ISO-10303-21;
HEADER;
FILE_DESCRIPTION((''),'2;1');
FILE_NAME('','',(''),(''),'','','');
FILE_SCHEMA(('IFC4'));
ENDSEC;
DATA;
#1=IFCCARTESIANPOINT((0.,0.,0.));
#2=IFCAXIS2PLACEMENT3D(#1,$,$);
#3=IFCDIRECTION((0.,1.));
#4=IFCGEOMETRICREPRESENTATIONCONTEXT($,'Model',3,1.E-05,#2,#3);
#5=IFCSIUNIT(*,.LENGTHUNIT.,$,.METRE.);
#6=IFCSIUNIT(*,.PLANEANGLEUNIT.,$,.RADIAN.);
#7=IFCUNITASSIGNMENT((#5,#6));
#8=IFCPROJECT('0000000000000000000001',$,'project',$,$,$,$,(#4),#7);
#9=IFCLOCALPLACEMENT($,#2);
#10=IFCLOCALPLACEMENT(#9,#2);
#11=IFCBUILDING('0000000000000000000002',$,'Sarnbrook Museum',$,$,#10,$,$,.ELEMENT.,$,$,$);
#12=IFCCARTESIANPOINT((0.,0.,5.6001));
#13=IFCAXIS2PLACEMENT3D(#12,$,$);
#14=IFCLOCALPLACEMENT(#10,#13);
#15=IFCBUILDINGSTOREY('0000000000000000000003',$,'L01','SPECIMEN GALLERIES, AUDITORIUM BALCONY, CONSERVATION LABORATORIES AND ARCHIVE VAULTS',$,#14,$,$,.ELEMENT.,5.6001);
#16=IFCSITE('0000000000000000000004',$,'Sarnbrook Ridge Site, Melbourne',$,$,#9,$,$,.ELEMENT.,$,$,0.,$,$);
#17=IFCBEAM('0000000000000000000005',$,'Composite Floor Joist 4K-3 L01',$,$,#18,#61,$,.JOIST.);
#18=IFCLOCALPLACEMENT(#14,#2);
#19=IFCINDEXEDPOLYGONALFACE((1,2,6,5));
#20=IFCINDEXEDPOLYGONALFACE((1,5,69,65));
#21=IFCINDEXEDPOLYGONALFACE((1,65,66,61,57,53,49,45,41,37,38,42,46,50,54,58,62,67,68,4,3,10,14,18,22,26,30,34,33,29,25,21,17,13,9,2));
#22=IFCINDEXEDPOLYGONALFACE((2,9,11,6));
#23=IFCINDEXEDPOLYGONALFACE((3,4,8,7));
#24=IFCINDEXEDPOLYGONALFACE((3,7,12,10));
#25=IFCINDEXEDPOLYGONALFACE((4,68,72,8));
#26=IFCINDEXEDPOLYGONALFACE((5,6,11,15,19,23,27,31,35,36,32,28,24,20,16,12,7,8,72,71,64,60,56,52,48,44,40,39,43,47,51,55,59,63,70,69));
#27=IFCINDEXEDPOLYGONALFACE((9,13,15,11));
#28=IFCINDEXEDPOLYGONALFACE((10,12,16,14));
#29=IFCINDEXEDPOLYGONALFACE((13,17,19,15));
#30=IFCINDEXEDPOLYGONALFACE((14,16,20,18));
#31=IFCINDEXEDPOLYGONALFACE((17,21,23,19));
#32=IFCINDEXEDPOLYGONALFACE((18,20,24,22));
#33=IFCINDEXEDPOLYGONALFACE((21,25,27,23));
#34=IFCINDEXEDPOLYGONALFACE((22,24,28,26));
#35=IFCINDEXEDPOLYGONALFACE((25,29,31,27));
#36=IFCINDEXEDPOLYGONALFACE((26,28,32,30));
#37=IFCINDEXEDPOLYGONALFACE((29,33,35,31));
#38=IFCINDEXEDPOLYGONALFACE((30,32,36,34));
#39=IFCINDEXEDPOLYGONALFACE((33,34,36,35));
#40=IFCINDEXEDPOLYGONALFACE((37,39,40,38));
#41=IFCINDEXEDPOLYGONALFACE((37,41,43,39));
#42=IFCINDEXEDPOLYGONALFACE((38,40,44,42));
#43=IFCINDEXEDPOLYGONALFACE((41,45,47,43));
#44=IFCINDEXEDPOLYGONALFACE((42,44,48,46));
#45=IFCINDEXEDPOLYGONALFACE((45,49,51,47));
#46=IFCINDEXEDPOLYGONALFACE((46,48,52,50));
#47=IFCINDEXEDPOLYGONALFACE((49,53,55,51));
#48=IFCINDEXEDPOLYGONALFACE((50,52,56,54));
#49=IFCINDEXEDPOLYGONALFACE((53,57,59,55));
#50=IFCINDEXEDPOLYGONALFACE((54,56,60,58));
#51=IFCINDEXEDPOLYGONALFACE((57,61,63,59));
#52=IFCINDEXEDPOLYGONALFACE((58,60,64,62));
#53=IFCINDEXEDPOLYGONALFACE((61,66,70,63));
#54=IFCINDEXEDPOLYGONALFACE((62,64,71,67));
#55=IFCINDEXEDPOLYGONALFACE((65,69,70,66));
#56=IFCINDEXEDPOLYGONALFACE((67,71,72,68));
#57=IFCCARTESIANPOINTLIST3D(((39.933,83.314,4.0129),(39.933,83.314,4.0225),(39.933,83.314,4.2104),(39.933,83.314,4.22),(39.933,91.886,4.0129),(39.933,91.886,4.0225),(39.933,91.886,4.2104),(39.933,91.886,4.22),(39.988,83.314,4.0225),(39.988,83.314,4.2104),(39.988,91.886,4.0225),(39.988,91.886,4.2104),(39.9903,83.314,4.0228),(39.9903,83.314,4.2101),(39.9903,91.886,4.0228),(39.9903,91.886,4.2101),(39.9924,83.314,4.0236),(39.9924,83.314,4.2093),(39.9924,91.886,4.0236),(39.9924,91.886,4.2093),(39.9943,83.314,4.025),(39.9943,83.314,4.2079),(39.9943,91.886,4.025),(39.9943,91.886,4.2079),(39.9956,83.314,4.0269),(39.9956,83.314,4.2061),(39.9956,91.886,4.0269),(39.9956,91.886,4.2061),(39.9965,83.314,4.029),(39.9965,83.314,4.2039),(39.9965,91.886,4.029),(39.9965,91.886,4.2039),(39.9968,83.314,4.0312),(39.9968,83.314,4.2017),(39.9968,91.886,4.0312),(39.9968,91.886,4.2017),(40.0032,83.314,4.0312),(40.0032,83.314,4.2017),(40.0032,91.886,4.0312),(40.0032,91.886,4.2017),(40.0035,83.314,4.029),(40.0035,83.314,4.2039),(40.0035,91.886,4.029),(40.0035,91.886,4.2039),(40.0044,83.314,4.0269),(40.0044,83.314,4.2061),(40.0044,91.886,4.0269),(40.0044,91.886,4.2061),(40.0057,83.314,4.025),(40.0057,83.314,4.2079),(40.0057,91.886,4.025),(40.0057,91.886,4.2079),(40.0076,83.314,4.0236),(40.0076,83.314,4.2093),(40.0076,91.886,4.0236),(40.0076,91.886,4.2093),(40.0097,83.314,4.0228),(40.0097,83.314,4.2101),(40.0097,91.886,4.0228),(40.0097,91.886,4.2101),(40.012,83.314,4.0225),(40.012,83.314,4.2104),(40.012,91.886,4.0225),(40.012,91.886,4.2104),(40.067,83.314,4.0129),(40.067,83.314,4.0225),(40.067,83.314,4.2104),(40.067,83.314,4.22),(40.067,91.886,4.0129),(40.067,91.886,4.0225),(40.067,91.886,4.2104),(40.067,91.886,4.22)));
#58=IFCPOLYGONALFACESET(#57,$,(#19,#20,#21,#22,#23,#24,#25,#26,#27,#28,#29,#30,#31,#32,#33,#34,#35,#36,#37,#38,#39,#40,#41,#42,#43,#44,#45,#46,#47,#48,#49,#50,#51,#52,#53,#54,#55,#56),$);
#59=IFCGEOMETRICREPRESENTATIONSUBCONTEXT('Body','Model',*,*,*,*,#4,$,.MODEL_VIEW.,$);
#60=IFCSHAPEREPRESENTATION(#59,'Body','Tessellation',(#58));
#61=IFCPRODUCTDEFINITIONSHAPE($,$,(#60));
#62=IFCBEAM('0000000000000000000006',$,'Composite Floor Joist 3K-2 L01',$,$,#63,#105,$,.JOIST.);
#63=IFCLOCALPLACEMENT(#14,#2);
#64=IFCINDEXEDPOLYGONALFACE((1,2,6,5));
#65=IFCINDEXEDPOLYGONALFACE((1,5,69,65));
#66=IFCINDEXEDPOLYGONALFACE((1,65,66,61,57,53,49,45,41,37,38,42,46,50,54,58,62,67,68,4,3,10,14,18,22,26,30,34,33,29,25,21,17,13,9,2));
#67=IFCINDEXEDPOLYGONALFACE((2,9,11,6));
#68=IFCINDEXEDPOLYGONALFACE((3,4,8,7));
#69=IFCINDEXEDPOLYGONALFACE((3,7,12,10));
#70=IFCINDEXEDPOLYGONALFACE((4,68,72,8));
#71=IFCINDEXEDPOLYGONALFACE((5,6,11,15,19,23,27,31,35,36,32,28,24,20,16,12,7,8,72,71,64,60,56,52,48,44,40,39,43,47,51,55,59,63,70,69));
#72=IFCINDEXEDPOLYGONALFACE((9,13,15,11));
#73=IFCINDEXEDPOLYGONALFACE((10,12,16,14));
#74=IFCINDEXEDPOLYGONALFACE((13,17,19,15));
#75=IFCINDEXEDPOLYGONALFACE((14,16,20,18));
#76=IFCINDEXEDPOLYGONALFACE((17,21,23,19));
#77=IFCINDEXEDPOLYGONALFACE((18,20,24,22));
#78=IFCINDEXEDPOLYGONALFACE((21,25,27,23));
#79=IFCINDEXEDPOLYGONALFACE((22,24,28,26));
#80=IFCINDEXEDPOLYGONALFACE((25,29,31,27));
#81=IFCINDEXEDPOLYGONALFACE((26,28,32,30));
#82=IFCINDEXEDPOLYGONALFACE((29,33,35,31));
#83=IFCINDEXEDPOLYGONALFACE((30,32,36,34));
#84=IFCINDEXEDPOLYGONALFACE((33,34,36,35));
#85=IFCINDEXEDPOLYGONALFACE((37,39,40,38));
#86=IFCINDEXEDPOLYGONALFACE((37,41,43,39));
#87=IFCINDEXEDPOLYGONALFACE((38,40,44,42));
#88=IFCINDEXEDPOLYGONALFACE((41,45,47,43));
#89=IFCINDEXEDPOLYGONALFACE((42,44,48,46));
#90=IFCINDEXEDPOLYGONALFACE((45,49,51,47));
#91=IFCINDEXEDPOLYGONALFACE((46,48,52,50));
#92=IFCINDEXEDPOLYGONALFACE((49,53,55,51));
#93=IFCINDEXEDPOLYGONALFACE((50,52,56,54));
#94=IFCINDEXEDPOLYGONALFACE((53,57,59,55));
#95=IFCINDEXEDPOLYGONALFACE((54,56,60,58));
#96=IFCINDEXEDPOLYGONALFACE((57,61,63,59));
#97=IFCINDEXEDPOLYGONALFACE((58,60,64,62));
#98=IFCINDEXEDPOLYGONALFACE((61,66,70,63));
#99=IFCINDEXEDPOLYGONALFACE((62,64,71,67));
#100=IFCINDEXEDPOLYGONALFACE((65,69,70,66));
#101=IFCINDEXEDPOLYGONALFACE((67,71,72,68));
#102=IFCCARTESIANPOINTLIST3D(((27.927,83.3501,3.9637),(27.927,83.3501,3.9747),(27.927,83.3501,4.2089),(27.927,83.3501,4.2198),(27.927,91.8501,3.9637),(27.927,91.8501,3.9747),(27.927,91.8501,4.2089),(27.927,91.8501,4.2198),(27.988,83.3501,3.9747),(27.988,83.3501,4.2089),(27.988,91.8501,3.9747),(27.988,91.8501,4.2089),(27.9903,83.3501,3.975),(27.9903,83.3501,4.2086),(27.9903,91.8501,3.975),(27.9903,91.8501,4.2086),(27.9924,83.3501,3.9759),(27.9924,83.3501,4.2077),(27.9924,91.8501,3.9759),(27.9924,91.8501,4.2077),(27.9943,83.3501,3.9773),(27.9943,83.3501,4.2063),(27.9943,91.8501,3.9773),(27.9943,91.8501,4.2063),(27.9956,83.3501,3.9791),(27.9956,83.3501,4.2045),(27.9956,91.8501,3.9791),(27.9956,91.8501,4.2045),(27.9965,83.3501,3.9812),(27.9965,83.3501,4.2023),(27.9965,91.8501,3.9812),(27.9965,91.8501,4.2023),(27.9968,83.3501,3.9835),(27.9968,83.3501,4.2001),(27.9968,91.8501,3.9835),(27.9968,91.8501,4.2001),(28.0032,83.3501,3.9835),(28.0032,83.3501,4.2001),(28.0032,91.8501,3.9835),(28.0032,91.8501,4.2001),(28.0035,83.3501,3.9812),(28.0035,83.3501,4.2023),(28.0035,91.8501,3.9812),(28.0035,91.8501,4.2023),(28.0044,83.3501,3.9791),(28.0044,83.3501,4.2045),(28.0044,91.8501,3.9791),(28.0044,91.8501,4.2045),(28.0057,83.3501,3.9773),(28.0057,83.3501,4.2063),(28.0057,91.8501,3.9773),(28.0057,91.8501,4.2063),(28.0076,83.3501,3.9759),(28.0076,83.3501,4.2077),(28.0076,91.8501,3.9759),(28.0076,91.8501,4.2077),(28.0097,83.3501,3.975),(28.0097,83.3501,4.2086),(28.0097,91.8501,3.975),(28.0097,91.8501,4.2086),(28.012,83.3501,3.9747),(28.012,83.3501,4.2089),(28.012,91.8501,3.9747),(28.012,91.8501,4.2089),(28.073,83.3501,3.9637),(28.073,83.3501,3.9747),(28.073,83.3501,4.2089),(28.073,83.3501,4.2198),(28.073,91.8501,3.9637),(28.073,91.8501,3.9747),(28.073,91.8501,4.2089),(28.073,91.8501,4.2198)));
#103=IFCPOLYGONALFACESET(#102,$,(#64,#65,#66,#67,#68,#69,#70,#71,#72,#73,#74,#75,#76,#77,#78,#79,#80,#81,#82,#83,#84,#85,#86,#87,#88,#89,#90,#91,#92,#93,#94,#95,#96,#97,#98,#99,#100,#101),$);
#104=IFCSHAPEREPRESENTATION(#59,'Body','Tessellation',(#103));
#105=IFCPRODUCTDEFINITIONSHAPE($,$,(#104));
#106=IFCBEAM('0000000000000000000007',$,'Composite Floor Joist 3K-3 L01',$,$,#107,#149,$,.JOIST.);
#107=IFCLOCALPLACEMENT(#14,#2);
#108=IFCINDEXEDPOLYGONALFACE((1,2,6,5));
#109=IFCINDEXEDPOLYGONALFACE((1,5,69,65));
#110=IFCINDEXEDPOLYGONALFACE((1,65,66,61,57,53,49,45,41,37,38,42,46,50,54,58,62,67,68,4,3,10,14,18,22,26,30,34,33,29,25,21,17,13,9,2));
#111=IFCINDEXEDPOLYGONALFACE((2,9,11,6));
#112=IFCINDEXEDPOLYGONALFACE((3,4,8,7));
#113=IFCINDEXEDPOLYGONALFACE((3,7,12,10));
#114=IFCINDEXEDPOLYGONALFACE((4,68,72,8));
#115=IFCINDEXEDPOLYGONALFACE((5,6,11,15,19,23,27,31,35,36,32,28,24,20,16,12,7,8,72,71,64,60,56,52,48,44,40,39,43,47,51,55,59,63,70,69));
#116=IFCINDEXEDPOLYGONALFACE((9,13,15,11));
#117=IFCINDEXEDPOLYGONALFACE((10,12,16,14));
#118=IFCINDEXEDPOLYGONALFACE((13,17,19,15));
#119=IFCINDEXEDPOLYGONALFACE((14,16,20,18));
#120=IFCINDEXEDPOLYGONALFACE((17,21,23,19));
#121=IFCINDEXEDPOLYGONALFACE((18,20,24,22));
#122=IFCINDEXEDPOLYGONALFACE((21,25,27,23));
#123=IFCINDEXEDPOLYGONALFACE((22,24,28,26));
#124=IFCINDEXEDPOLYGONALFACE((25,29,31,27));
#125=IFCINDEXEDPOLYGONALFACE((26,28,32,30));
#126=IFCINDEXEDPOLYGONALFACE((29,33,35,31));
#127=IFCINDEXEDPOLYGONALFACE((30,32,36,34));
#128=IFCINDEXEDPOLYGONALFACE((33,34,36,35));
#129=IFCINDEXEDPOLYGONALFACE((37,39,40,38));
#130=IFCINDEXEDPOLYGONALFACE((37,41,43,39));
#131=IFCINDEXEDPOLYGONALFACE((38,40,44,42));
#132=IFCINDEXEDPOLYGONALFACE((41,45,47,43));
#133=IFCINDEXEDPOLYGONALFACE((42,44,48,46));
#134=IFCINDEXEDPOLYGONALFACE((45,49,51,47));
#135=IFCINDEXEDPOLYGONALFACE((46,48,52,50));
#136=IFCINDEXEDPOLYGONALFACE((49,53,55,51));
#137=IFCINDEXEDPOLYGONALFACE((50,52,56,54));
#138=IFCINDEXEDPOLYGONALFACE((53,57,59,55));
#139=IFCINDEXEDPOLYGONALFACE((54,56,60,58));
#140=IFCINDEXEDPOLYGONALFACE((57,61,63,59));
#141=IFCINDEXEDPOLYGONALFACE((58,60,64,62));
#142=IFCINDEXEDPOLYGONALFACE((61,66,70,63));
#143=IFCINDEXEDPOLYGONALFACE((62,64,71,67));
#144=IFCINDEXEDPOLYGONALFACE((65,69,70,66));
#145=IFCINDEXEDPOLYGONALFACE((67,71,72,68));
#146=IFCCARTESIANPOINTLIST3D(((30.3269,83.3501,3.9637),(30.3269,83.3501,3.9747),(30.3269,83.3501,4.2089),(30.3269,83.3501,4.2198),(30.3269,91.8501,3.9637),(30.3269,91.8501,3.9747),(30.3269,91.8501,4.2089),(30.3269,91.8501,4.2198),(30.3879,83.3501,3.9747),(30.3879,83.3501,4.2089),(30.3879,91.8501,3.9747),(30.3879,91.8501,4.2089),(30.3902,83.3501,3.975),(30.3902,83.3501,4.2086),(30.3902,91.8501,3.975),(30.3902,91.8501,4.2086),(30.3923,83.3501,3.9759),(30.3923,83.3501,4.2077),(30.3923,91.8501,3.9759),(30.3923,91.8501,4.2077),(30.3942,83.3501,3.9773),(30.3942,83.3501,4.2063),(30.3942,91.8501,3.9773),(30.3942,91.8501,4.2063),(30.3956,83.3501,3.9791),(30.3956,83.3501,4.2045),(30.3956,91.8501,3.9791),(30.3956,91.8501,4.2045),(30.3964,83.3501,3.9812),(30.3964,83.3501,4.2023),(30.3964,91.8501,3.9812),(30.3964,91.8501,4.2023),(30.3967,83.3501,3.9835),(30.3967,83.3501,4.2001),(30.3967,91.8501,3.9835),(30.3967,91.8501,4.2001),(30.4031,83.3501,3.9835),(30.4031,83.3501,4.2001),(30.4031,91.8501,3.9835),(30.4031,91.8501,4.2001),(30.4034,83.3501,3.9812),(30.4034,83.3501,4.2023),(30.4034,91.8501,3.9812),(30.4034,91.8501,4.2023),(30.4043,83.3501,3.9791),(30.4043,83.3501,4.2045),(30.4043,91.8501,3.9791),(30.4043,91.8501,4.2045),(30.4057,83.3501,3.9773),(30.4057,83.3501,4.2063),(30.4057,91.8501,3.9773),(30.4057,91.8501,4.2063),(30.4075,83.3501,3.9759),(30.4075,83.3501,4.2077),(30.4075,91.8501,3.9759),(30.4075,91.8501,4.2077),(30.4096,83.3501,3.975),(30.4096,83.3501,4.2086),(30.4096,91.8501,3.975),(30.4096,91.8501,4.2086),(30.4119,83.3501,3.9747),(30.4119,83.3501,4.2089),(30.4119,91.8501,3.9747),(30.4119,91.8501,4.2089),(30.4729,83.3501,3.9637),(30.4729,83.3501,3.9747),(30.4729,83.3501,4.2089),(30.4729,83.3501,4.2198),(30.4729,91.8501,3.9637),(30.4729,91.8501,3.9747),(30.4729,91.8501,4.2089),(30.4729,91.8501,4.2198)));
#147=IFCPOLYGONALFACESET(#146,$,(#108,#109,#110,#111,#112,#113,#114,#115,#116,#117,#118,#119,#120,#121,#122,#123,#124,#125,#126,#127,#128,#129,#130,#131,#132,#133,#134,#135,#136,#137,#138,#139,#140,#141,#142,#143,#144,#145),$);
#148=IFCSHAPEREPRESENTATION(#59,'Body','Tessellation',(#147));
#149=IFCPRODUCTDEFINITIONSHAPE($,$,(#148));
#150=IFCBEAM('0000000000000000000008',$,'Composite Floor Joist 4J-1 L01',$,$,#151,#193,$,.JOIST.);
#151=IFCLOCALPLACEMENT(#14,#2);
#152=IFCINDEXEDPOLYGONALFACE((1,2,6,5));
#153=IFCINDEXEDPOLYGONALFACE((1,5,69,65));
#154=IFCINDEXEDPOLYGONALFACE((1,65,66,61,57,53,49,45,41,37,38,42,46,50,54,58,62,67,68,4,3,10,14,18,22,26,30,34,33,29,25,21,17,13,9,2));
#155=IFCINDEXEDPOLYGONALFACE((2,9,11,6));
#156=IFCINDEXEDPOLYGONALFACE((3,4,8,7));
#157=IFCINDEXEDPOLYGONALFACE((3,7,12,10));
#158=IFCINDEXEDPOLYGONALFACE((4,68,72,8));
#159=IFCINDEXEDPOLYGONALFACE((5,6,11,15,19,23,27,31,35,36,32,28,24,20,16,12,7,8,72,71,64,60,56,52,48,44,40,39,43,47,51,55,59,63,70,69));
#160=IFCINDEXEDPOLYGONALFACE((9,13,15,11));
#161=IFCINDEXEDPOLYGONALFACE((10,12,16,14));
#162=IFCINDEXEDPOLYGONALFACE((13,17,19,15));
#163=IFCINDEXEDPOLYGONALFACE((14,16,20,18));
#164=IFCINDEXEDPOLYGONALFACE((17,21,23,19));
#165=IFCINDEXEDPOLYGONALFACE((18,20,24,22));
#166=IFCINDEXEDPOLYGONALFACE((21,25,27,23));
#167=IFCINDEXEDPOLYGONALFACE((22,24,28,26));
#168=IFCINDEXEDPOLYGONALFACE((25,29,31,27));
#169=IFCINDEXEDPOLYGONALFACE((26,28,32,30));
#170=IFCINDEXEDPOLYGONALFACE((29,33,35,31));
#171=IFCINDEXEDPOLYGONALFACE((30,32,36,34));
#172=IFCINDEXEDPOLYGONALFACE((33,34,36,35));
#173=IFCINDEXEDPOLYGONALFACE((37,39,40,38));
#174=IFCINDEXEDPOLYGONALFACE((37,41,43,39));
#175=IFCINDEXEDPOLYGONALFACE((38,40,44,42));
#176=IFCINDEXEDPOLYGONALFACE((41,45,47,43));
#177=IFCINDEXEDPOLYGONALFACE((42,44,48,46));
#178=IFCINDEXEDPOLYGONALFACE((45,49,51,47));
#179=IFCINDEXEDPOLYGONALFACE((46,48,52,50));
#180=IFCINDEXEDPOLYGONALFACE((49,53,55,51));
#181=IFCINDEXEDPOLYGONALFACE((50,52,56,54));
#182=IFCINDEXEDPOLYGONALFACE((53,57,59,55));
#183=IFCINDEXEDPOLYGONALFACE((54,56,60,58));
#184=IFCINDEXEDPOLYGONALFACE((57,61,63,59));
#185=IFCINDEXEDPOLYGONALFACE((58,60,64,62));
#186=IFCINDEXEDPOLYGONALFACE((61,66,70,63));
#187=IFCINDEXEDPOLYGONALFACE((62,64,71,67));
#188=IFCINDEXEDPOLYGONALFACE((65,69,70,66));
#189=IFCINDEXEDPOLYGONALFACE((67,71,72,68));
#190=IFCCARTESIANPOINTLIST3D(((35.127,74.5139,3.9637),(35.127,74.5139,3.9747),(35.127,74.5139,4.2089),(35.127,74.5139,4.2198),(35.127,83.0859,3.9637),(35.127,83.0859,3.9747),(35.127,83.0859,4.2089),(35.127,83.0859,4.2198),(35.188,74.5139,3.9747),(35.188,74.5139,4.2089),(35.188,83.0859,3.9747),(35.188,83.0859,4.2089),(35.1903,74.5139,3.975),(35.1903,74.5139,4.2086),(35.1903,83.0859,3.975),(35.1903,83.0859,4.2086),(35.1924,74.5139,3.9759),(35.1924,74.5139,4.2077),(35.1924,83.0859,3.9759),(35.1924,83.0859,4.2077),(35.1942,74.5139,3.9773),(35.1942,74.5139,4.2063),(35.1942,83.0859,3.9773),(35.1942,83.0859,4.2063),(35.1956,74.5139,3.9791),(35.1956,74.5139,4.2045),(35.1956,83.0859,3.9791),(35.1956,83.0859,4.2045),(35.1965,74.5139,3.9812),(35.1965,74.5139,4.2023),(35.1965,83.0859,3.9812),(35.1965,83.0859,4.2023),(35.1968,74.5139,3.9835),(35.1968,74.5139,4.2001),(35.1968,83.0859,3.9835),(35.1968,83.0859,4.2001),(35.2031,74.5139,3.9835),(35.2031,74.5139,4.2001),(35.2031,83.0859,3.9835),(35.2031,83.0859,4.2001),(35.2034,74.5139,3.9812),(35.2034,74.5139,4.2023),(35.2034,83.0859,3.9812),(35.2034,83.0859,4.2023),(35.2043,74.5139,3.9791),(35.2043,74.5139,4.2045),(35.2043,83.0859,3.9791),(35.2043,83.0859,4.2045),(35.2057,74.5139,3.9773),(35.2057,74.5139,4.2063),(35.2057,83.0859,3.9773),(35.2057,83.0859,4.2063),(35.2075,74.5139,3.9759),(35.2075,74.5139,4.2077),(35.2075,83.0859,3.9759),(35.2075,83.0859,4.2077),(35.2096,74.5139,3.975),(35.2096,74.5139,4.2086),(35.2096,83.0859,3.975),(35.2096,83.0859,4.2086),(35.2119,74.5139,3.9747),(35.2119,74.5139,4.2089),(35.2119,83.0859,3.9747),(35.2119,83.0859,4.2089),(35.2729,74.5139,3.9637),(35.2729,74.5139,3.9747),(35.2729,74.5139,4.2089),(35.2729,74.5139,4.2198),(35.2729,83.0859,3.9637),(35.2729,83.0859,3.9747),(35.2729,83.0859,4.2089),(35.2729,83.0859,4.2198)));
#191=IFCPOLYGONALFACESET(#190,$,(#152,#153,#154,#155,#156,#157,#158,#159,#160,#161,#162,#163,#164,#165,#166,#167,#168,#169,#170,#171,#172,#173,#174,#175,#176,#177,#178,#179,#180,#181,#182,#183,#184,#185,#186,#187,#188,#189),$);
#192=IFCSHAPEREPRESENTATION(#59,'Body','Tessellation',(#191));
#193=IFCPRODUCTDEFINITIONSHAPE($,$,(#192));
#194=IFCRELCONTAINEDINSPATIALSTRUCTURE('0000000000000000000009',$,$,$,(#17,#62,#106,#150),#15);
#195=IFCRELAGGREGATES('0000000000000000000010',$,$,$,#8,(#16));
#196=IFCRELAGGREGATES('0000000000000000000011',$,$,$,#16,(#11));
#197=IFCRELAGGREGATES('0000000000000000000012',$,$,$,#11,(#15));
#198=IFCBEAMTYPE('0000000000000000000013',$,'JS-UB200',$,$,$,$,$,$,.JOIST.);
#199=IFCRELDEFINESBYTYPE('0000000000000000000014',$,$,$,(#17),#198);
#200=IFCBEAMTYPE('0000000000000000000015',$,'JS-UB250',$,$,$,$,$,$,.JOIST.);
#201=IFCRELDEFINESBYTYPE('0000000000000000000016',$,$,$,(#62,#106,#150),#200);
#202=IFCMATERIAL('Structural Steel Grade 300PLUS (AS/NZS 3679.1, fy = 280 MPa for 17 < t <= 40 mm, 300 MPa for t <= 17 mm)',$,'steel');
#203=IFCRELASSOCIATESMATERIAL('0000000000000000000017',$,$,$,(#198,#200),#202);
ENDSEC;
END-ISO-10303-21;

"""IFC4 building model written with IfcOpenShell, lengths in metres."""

from ifc_helpers import new_model, si_unit, direction, frame, origin, origin_2d, place, context, subcontext, project, spatial, i_section, extrude, material, material_profile, profile_set, type_object, element, save


model = new_model("IFC4")

# Units and contexts
model_context = context("Model", 3, precision=1e-05, world=origin(), true_north=direction((0.0, 1.0)))
body_context = subcontext(model_context, "Body", "Model", "MODEL_VIEW")
ifc_project = project(units=[si_unit("LENGTHUNIT", "METRE"), si_unit("PLANEANGLEUNIT", "RADIAN")], contexts=[model_context])

# Site, building, storey
site_placement = place(None, origin())
site = spatial("IfcSite", under=ifc_project, at=site_placement, Name="Sarnbrook Ridge Site, Melbourne", CompositionType="ELEMENT", RefElevation=0.0)
building_placement = place(site_placement, origin())
building = spatial("IfcBuilding", under=site, at=building_placement, Name="Sarnbrook Museum", CompositionType="ELEMENT")
storey_placement = place(building_placement, frame((0.0, 0.0, 5.6001)))
storey = spatial("IfcBuildingStorey", under=building, at=storey_placement, Name="L01", Description="SPECIMEN GALLERIES, AUDITORIUM BALCONY, CONSERVATION LABORATORIES AND ARCHIVE VAULTS", CompositionType="ELEMENT", Elevation=5.6001)

# Shared definitions
ifc_material_1 = material(Name="Structural Steel Grade 300PLUS (AS/NZS 3679.1, fy = 280 MPa for 17 < t <= 40 mm, 300 MPa for t <= 17 mm)", Category="steel")

# Beams
ifc_material_profile_1 = material_profile(ifc_material_1, i_section(OverallWidth=0.134, OverallDepth=0.207, WebThickness=0.0063, FlangeThickness=0.0095, FilletRadius=0.0088, at=origin_2d()), Name="200UB29.8")
ifc_profile_set_1 = profile_set([ifc_material_profile_1], Name="Structural Steel Grade 300PLUS (AS/NZS 3679.1, fy = 280 MPa for 17 < t <= 40 mm, 300 MPa for t <= 17 mm)")
beam_type_1 = type_object("IfcBeamType", Name="JS-UB200", PredefinedType="JOIST", material=ifc_profile_set_1)
for number, where, z_axis, x_axis, name in (
    (1, (40.0, 83.314, 4.1165), (0.0, 1.0, 0.0), (-1.0, 0.0, 0.0), "Composite Floor Joist 4K-3 L01"),
):
    element("IfcBeam", number, at=place(storey_placement, frame(where, z_axis=z_axis, x_axis=x_axis)), inside=storey, type_object=beam_type_1, Name=name, PredefinedType="JOIST", context=body_context, shape_type="SweptSolid", body=[
        extrude(i_section(OverallWidth=0.134, OverallDepth=0.207, WebThickness=0.0063, FlangeThickness=0.0095, FilletRadius=0.0088, at=origin_2d()), origin(), (0.0, 0.0, 1.0), 8.572),
    ])
ifc_material_profile_2 = material_profile(ifc_material_1, i_section(OverallWidth=0.146, OverallDepth=0.2561, WebThickness=0.0063, FlangeThickness=0.011, FilletRadius=0.0088, at=origin_2d()), Name="250UB37.3")
ifc_profile_set_2 = profile_set([ifc_material_profile_2], Name="Structural Steel Grade 300PLUS (AS/NZS 3679.1, fy = 280 MPa for 17 < t <= 40 mm, 300 MPa for t <= 17 mm)")
beam_type_2 = type_object("IfcBeamType", Name="JS-UB250", PredefinedType="JOIST", material=ifc_profile_set_2)
for number, where, z_axis, x_axis, name in (
    (2, (28.0, 83.3501, 4.0918), (0.0, 1.0, 0.0), (-1.0, 0.0, 0.0), "Composite Floor Joist 3K-2 L01"),
    (3, (30.3999, 83.3501, 4.0918), (0.0, 1.0, 0.0), (-1.0, 0.0, 0.0), "Composite Floor Joist 3K-3 L01"),
):
    element("IfcBeam", number, at=place(storey_placement, frame(where, z_axis=z_axis, x_axis=x_axis)), inside=storey, type_object=beam_type_2, Name=name, PredefinedType="JOIST", context=body_context, shape_type="SweptSolid", body=[
        extrude(i_section(OverallWidth=0.146, OverallDepth=0.2561, WebThickness=0.0063, FlangeThickness=0.011, FilletRadius=0.0088, at=origin_2d()), origin(), (0.0, 0.0, 1.0), 8.5),
    ])
for number, where, z_axis, x_axis, name in (
    (4, (35.2, 74.5139, 4.0918), (0.0, 1.0, 0.0), (-1.0, 0.0, 0.0), "Composite Floor Joist 4J-1 L01"),
):
    element("IfcBeam", number, at=place(storey_placement, frame(where, z_axis=z_axis, x_axis=x_axis)), inside=storey, type_object=beam_type_2, Name=name, PredefinedType="JOIST", context=body_context, shape_type="SweptSolid", body=[
        extrude(i_section(OverallWidth=0.146, OverallDepth=0.2561, WebThickness=0.0063, FlangeThickness=0.011, FilletRadius=0.0088, at=origin_2d()), origin(), (0.0, 0.0, 1.0), 8.572),
    ])

save(model, "model.ifc")
